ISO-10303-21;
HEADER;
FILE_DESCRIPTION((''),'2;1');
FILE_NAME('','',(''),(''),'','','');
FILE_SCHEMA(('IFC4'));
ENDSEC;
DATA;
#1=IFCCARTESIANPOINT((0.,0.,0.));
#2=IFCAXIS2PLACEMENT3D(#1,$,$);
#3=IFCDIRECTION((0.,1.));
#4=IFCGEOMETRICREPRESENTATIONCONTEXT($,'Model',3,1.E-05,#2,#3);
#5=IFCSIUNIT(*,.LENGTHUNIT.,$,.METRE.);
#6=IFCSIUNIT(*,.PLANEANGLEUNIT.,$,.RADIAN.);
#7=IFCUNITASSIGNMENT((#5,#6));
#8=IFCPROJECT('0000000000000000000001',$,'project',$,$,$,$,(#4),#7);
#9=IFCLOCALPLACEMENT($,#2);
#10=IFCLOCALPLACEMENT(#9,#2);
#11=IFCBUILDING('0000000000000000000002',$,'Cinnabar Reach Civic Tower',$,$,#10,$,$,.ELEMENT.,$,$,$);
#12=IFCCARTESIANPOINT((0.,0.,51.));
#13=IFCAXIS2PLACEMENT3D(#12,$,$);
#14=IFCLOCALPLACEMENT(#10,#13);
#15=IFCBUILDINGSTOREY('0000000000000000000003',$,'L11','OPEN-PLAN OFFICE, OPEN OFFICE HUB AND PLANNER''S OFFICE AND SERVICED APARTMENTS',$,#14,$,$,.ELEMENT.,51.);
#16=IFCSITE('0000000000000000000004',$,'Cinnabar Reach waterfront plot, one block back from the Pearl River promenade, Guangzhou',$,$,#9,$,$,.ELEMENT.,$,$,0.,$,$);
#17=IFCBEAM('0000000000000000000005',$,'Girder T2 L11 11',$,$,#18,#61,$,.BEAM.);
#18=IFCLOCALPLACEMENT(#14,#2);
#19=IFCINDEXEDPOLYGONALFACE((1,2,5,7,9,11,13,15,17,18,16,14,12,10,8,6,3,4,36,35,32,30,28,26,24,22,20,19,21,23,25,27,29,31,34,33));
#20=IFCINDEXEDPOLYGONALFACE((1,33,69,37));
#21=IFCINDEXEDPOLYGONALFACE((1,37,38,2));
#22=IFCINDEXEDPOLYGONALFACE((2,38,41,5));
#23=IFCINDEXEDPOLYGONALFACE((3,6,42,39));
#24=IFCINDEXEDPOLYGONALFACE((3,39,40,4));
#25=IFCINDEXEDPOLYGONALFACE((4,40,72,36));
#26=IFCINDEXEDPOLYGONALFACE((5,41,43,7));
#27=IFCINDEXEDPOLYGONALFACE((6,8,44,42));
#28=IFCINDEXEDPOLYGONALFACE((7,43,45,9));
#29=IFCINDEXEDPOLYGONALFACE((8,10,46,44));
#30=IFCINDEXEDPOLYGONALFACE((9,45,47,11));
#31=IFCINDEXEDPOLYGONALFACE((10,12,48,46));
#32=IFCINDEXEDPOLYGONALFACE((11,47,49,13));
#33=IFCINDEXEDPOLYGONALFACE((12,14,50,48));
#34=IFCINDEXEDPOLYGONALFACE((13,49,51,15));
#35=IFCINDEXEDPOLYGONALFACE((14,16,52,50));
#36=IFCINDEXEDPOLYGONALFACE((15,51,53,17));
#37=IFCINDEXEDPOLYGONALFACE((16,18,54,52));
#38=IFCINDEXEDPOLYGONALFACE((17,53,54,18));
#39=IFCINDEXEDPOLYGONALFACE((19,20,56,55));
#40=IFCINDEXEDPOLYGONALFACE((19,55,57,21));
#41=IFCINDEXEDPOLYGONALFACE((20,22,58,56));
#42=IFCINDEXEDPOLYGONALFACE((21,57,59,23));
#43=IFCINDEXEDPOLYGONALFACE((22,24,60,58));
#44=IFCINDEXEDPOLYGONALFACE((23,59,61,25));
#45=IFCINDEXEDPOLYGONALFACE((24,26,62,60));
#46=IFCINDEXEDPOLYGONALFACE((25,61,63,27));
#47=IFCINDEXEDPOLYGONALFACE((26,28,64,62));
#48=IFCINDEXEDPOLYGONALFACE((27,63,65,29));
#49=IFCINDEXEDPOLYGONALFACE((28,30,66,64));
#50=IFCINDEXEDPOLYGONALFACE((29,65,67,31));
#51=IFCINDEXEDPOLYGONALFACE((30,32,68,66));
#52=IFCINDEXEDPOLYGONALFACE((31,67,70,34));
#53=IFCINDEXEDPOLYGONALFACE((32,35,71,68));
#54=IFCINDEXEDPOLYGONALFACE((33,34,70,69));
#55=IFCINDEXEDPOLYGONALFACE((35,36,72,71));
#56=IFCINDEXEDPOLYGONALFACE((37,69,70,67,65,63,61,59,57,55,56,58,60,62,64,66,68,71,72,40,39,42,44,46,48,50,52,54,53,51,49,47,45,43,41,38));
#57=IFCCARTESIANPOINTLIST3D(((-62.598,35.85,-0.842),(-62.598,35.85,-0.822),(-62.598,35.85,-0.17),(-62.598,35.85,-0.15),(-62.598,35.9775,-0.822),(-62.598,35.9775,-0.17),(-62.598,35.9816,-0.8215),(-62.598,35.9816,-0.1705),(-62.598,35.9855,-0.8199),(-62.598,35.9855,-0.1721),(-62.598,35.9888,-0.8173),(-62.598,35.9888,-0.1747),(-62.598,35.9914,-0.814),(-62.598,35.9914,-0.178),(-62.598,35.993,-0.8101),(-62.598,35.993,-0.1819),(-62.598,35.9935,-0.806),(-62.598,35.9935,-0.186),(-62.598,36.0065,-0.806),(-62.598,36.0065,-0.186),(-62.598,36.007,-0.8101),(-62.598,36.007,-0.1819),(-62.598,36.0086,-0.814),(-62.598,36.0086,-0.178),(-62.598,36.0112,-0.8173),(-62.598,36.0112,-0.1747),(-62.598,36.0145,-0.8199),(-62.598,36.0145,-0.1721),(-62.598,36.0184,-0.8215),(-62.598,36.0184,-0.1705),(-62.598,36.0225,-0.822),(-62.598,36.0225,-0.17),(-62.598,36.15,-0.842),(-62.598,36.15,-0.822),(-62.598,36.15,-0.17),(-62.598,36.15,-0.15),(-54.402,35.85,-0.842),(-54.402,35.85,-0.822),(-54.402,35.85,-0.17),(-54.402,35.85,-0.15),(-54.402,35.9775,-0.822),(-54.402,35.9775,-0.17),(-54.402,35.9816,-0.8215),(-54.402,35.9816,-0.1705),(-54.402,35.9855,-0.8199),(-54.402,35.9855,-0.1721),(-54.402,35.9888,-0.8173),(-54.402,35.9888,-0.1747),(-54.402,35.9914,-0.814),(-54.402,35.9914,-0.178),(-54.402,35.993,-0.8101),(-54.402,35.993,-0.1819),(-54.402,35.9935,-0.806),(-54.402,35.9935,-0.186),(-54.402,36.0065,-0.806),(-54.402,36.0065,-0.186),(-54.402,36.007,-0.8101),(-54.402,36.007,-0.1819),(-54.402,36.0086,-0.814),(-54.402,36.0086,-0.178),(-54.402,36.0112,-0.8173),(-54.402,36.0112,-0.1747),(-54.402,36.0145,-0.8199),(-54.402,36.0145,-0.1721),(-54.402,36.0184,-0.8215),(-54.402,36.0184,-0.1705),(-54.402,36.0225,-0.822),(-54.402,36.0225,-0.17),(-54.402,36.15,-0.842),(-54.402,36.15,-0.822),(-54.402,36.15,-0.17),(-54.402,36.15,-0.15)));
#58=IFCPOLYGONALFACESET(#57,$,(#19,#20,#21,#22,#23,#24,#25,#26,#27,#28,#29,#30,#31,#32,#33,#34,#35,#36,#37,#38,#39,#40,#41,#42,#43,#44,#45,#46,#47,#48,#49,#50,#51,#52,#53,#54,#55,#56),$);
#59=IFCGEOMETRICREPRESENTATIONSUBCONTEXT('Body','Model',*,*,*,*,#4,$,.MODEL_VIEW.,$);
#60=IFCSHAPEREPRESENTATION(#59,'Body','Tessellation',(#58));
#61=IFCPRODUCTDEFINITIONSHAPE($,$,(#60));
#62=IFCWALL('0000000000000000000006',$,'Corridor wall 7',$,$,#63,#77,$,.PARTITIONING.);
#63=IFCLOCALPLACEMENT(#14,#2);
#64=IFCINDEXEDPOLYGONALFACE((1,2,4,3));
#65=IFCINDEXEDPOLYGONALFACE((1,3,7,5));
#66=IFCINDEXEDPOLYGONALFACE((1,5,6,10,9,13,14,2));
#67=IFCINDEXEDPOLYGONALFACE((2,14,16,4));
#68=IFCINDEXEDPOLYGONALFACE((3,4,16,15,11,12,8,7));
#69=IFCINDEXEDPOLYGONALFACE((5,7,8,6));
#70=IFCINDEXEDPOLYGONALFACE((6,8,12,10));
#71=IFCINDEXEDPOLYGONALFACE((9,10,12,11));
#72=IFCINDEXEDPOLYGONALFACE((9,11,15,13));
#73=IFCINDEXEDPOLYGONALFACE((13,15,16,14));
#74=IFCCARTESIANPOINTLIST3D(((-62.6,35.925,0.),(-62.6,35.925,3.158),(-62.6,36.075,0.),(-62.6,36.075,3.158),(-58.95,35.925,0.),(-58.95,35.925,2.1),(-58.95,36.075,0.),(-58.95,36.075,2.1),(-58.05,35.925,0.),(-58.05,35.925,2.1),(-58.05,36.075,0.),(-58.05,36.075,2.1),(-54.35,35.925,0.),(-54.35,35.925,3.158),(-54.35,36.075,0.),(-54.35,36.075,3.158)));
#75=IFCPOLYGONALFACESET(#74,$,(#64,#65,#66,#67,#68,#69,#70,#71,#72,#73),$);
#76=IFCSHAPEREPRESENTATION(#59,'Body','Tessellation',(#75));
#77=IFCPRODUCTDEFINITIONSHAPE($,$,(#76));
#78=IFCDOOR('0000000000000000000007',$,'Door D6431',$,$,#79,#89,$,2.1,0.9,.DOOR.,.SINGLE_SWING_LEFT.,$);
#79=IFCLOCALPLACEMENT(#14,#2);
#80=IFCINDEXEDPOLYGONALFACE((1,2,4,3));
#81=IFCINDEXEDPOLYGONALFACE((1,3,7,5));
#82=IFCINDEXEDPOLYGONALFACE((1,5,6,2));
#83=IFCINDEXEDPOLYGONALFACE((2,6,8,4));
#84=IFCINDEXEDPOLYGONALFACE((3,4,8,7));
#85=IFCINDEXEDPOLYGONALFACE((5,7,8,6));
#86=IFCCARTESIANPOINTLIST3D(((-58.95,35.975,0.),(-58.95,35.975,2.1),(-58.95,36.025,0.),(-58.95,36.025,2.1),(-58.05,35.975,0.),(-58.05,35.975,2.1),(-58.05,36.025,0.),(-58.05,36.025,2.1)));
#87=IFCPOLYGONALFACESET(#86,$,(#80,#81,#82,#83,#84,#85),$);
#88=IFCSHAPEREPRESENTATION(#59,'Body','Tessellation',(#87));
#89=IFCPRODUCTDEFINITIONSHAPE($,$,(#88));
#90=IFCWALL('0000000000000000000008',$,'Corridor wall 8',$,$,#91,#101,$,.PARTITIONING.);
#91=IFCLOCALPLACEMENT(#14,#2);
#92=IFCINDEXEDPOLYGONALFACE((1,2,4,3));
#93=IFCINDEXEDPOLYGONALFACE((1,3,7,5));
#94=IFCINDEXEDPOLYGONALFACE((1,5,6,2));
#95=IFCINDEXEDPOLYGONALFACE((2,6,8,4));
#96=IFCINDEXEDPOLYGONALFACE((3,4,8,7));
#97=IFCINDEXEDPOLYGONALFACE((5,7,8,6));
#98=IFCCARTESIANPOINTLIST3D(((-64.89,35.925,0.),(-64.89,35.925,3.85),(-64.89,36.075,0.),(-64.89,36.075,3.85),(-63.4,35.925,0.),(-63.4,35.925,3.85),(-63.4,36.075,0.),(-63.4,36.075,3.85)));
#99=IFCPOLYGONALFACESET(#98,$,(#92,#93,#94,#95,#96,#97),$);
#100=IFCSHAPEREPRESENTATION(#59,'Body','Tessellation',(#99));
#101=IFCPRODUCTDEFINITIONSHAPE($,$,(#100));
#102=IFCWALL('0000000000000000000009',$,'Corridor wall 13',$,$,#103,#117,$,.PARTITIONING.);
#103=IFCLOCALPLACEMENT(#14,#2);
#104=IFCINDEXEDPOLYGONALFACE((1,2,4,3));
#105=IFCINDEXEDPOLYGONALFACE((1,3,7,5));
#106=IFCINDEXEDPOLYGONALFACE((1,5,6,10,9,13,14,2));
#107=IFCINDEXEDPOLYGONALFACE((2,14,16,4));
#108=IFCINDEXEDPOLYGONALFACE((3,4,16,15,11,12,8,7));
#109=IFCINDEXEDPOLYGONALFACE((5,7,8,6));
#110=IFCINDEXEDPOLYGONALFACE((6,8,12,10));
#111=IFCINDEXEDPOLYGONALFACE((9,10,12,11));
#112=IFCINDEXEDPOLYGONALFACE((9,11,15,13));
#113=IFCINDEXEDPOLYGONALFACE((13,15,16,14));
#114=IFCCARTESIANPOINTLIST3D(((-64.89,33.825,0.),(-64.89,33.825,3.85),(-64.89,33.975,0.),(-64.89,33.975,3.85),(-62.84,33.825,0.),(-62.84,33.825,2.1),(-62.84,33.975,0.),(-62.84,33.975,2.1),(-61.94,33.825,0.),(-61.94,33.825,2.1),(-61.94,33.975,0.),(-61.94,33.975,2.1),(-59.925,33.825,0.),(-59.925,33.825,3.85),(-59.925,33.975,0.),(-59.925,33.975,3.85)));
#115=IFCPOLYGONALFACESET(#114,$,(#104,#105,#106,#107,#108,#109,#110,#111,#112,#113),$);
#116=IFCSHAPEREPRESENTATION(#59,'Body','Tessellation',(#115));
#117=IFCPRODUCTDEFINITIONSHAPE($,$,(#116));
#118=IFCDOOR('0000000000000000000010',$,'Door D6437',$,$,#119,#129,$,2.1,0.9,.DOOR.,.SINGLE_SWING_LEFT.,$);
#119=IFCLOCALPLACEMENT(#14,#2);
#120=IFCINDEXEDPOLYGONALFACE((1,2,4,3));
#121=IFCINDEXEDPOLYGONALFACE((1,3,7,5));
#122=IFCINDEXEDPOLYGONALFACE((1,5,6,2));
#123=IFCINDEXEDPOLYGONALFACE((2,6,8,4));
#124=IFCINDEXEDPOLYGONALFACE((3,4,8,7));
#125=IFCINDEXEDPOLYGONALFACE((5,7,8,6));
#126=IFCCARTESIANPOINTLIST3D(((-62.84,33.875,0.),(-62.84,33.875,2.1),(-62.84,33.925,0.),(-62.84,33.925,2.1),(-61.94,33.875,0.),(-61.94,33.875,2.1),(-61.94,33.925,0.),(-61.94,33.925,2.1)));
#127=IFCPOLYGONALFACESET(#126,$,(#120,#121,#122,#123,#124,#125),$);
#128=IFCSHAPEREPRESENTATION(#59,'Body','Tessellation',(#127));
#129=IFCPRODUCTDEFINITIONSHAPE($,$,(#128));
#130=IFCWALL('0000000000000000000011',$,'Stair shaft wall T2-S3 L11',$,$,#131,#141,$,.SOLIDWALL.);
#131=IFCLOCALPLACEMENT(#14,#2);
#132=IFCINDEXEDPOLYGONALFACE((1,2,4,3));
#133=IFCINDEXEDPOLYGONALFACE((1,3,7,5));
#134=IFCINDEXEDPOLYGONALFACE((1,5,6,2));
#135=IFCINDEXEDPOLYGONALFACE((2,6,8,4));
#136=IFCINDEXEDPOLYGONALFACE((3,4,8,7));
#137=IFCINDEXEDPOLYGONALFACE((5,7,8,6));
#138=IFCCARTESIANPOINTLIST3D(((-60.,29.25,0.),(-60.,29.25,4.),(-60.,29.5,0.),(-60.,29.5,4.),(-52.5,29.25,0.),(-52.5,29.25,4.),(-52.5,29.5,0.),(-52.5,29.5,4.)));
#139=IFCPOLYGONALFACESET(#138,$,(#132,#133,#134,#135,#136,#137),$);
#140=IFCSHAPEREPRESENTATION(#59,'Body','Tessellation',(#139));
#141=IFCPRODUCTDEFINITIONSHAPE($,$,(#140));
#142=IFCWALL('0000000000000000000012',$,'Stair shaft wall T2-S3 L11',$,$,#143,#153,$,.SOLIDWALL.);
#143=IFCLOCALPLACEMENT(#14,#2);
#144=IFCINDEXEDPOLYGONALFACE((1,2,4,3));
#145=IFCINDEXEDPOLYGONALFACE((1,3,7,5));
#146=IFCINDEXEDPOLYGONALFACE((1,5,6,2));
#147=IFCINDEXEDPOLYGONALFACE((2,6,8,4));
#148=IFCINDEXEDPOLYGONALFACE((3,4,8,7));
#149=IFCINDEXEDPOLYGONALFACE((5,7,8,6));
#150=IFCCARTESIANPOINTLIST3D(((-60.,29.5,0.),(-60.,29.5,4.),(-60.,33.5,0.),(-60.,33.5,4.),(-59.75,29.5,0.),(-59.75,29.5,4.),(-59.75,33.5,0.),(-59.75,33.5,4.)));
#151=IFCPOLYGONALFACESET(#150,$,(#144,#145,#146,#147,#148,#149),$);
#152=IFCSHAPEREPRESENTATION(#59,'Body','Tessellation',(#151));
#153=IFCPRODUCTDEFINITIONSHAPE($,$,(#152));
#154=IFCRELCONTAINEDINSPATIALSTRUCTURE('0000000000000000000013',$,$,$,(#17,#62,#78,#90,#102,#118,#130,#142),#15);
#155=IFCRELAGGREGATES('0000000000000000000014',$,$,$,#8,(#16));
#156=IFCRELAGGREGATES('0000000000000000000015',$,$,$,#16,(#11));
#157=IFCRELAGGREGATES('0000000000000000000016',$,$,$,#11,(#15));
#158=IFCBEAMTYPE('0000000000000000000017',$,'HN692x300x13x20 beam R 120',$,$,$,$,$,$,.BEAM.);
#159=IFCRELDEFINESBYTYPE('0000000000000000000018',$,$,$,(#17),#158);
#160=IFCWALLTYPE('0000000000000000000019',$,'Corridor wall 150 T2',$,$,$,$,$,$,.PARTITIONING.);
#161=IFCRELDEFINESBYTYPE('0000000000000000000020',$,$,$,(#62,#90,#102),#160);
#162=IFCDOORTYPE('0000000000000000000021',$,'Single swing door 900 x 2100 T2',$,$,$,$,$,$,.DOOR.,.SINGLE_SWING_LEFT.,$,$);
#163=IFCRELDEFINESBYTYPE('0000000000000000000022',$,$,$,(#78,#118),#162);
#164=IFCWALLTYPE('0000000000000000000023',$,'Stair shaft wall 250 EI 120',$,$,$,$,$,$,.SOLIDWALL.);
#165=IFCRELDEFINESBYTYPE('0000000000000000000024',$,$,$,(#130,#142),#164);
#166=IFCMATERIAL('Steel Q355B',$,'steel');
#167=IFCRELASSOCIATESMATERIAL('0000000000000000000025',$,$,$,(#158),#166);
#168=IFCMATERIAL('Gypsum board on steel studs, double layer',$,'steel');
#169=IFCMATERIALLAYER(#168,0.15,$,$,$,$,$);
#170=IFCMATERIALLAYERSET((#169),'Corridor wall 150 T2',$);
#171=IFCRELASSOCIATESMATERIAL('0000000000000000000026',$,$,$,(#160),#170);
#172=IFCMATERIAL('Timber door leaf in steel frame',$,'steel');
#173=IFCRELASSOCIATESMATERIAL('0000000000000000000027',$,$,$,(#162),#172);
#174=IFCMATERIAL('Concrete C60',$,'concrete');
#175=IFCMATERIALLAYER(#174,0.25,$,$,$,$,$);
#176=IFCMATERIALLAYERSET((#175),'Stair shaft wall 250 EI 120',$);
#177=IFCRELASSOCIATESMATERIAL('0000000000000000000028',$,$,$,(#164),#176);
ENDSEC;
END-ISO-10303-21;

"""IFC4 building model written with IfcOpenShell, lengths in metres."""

from ifc_helpers import new_model, si_unit, direction, frame, frame_2d, origin, origin_2d, place, context, subcontext, project, spatial, rectangle, i_section, extrude, material, layer, layer_set, material_profile, profile_set, type_object, element, fill, save


model = new_model("IFC4")

# Units and contexts
model_context = context("Model", 3, precision=1e-05, world=origin(), true_north=direction((0.0, 1.0)))
body_context = subcontext(model_context, "Body", "Model", "MODEL_VIEW")
ifc_project = project(units=[si_unit("LENGTHUNIT", "METRE"), si_unit("PLANEANGLEUNIT", "RADIAN")], contexts=[model_context])

# Site, building, storey
site_placement = place(None, origin())
site = spatial("IfcSite", under=ifc_project, at=site_placement, Name="Cinnabar Reach waterfront plot, one block back from the Pearl River promenade, Guangzhou", CompositionType="ELEMENT", RefElevation=0.0)
building_placement = place(site_placement, origin())
building = spatial("IfcBuilding", under=site, at=building_placement, Name="Cinnabar Reach Civic Tower", CompositionType="ELEMENT")
storey_placement = place(building_placement, frame((0.0, 0.0, 51.0)))
storey = spatial("IfcBuildingStorey", under=building, at=storey_placement, Name="L11", Description="OPEN-PLAN OFFICE, OPEN OFFICE HUB AND PLANNER'S OFFICE AND SERVICED APARTMENTS", CompositionType="ELEMENT", Elevation=51.0)

# Shared definitions
ifc_material_1 = material(Name="Concrete C60", Category="concrete")

# Beam
ifc_material_2 = material(Name="Steel Q355B", Category="steel")
ifc_material_profile_1 = material_profile(ifc_material_2, i_section(OverallWidth=0.3, OverallDepth=0.692, WebThickness=0.013, FlangeThickness=0.02, FilletRadius=0.016, at=origin_2d()), Name="HN692x300x13x20")
ifc_profile_set_1 = profile_set([ifc_material_profile_1], Name="Steel Q355B")
beam_type_1 = type_object("IfcBeamType", Name="HN692x300x13x20 beam R 120", PredefinedType="BEAM", material=ifc_profile_set_1)
beam_1_placement = place(storey_placement, frame((-62.598, 36.0, -0.496), z_axis=(1.0, 0.0, 0.0), x_axis=(0.0, 1.0, 0.0)))
element("IfcBeam", 1, at=beam_1_placement, inside=storey, type_object=beam_type_1, Name="Girder T2 L11 11", PredefinedType="BEAM", context=body_context, shape_type="SweptSolid", body=[
    extrude(i_section(OverallWidth=0.3, OverallDepth=0.692, WebThickness=0.013, FlangeThickness=0.02, FilletRadius=0.016, at=origin_2d()), origin(), (0.0, 0.0, 1.0), 8.196),
])

# Wall, opening, door
ifc_material_3 = material(Name="Gypsum board on steel studs, double layer", Category="steel")
ifc_layer_1 = layer(ifc_material_3, 0.15)
ifc_layer_set_1 = layer_set([ifc_layer_1], Name="Corridor wall 150 T2")
wall_type_1 = type_object("IfcWallType", Name="Corridor wall 150 T2", PredefinedType="PARTITIONING", material=ifc_layer_set_1)
wall_1_placement = place(storey_placement, frame((-62.6, 36.0, 0.0), z_axis=(0.0, 0.0, 1.0), x_axis=(1.0, 0.0, 0.0)))
wall_1 = element("IfcWall", 2, at=wall_1_placement, inside=storey, type_object=wall_type_1, Name="Corridor wall 7", PredefinedType="PARTITIONING", context=body_context, shape_type="SweptSolid", body=[
    extrude(rectangle(XDim=8.25, YDim=0.15, at=frame_2d((4.125, 0.0))), origin(), (0.0, 0.0, 1.0), 3.158),
])
opening_1_placement = place(wall_1_placement, frame((3.65, 0.0, 0.0)))
opening_1 = element("IfcOpeningElement", 3, at=opening_1_placement, cuts=wall_1, PredefinedType="OPENING", context=body_context, shape_type="SweptSolid", body=[
    extrude(rectangle(XDim=0.9, YDim=2.1, at=frame_2d((0.45, 1.05))), frame((0.0, 0.085, 0.0), z_axis=(0.0, -1.0, 0.0), x_axis=(1.0, 0.0, 0.0)), (0.0, 0.0, 1.0), 0.17),
])
ifc_material_4 = material(Name="Timber door leaf in steel frame", Category="steel")
door_type = type_object("IfcDoorType", Name="Single swing door 900 x 2100 T2", OperationType="SINGLE_SWING_LEFT", PredefinedType="DOOR", material=ifc_material_4)
door_1_placement = place(opening_1_placement, origin())
door_1 = element("IfcDoor", 4, at=door_1_placement, inside=storey, type_object=door_type, Name="Door D6431", OperationType="SINGLE_SWING_LEFT", OverallHeight=2.1, OverallWidth=0.9, PredefinedType="DOOR", context=body_context, shape_type="SweptSolid", body=[
    extrude(rectangle(XDim=0.9, YDim=2.1, at=frame_2d((0.45, 1.05))), frame((0.0, 0.025, 0.0), z_axis=(0.0, -1.0, 0.0), x_axis=(1.0, 0.0, 0.0)), (0.0, 0.0, 1.0), 0.05),
])
fill(opening_1, door_1)

# Wall
wall_2_placement = place(storey_placement, frame((-64.89, 36.0, 0.0), z_axis=(0.0, 0.0, 1.0), x_axis=(1.0, 0.0, 0.0)))
element("IfcWall", 5, at=wall_2_placement, inside=storey, type_object=wall_type_1, Name="Corridor wall 8", PredefinedType="PARTITIONING", context=body_context, shape_type="SweptSolid", body=[
    extrude(rectangle(XDim=1.49, YDim=0.15, at=frame_2d((0.745, 0.0))), origin(), (0.0, 0.0, 1.0), 3.85),
])

# Wall, opening, door
wall_3_placement = place(storey_placement, frame((-64.89, 33.9, 0.0), z_axis=(0.0, 0.0, 1.0), x_axis=(1.0, 0.0, 0.0)))
wall_3 = element("IfcWall", 6, at=wall_3_placement, inside=storey, type_object=wall_type_1, Name="Corridor wall 13", PredefinedType="PARTITIONING", context=body_context, shape_type="SweptSolid", body=[
    extrude(rectangle(XDim=4.965, YDim=0.15, at=frame_2d((2.4825, 0.0))), origin(), (0.0, 0.0, 1.0), 3.85),
])
opening_2_placement = place(wall_3_placement, frame((2.05, 0.0, 0.0)))
opening_2 = element("IfcOpeningElement", 7, at=opening_2_placement, cuts=wall_3, PredefinedType="OPENING", context=body_context, shape_type="SweptSolid", body=[
    extrude(rectangle(XDim=0.9, YDim=2.1, at=frame_2d((0.45, 1.05))), frame((0.0, 0.085, 0.0), z_axis=(0.0, -1.0, 0.0), x_axis=(1.0, 0.0, 0.0)), (0.0, 0.0, 1.0), 0.17),
])
door_2_placement = place(opening_2_placement, frame((0.9, 0.0, 0.0), z_axis=(0.0, 0.0, 1.0), x_axis=(-1.0, 0.0, 0.0)))
door_2 = element("IfcDoor", 8, at=door_2_placement, inside=storey, type_object=door_type, Name="Door D6437", OperationType="SINGLE_SWING_LEFT", OverallHeight=2.1, OverallWidth=0.9, PredefinedType="DOOR", context=body_context, shape_type="SweptSolid", body=[
    extrude(rectangle(XDim=0.9, YDim=2.1, at=frame_2d((0.45, 1.05))), frame((0.0, 0.025, 0.0), z_axis=(0.0, -1.0, 0.0), x_axis=(1.0, 0.0, 0.0)), (0.0, 0.0, 1.0), 0.05),
])
fill(opening_2, door_2)

# Walls
ifc_layer_2 = layer(ifc_material_1, 0.25)
ifc_layer_set_2 = layer_set([ifc_layer_2], Name="Stair shaft wall 250 EI 120")
wall_type_2 = type_object("IfcWallType", Name="Stair shaft wall 250 EI 120", PredefinedType="SOLIDWALL", material=ifc_layer_set_2)
wall_4_placement = place(storey_placement, frame((-60.0, 29.375, 0.0), z_axis=(0.0, 0.0, 1.0), x_axis=(1.0, 0.0, 0.0)))
element("IfcWall", 9, at=wall_4_placement, inside=storey, type_object=wall_type_2, Name="Stair shaft wall T2-S3 L11", PredefinedType="SOLIDWALL", context=body_context, shape_type="SweptSolid", body=[
    extrude(rectangle(XDim=7.5, YDim=0.25, at=frame_2d((3.75, 0.0))), origin(), (0.0, 0.0, 1.0), 4.0),
])
wall_5_placement = place(storey_placement, frame((-59.875, 33.5, 0.0), z_axis=(0.0, 0.0, 1.0), x_axis=(0.0, -1.0, 0.0)))
element("IfcWall", 10, at=wall_5_placement, inside=storey, type_object=wall_type_2, Name="Stair shaft wall T2-S3 L11", PredefinedType="SOLIDWALL", context=body_context, shape_type="SweptSolid", body=[
    extrude(rectangle(XDim=4.0, YDim=0.25, at=frame_2d((2.0, 0.0))), origin(), (0.0, 0.0, 1.0), 4.0),
])

save(model, "model.ifc")
